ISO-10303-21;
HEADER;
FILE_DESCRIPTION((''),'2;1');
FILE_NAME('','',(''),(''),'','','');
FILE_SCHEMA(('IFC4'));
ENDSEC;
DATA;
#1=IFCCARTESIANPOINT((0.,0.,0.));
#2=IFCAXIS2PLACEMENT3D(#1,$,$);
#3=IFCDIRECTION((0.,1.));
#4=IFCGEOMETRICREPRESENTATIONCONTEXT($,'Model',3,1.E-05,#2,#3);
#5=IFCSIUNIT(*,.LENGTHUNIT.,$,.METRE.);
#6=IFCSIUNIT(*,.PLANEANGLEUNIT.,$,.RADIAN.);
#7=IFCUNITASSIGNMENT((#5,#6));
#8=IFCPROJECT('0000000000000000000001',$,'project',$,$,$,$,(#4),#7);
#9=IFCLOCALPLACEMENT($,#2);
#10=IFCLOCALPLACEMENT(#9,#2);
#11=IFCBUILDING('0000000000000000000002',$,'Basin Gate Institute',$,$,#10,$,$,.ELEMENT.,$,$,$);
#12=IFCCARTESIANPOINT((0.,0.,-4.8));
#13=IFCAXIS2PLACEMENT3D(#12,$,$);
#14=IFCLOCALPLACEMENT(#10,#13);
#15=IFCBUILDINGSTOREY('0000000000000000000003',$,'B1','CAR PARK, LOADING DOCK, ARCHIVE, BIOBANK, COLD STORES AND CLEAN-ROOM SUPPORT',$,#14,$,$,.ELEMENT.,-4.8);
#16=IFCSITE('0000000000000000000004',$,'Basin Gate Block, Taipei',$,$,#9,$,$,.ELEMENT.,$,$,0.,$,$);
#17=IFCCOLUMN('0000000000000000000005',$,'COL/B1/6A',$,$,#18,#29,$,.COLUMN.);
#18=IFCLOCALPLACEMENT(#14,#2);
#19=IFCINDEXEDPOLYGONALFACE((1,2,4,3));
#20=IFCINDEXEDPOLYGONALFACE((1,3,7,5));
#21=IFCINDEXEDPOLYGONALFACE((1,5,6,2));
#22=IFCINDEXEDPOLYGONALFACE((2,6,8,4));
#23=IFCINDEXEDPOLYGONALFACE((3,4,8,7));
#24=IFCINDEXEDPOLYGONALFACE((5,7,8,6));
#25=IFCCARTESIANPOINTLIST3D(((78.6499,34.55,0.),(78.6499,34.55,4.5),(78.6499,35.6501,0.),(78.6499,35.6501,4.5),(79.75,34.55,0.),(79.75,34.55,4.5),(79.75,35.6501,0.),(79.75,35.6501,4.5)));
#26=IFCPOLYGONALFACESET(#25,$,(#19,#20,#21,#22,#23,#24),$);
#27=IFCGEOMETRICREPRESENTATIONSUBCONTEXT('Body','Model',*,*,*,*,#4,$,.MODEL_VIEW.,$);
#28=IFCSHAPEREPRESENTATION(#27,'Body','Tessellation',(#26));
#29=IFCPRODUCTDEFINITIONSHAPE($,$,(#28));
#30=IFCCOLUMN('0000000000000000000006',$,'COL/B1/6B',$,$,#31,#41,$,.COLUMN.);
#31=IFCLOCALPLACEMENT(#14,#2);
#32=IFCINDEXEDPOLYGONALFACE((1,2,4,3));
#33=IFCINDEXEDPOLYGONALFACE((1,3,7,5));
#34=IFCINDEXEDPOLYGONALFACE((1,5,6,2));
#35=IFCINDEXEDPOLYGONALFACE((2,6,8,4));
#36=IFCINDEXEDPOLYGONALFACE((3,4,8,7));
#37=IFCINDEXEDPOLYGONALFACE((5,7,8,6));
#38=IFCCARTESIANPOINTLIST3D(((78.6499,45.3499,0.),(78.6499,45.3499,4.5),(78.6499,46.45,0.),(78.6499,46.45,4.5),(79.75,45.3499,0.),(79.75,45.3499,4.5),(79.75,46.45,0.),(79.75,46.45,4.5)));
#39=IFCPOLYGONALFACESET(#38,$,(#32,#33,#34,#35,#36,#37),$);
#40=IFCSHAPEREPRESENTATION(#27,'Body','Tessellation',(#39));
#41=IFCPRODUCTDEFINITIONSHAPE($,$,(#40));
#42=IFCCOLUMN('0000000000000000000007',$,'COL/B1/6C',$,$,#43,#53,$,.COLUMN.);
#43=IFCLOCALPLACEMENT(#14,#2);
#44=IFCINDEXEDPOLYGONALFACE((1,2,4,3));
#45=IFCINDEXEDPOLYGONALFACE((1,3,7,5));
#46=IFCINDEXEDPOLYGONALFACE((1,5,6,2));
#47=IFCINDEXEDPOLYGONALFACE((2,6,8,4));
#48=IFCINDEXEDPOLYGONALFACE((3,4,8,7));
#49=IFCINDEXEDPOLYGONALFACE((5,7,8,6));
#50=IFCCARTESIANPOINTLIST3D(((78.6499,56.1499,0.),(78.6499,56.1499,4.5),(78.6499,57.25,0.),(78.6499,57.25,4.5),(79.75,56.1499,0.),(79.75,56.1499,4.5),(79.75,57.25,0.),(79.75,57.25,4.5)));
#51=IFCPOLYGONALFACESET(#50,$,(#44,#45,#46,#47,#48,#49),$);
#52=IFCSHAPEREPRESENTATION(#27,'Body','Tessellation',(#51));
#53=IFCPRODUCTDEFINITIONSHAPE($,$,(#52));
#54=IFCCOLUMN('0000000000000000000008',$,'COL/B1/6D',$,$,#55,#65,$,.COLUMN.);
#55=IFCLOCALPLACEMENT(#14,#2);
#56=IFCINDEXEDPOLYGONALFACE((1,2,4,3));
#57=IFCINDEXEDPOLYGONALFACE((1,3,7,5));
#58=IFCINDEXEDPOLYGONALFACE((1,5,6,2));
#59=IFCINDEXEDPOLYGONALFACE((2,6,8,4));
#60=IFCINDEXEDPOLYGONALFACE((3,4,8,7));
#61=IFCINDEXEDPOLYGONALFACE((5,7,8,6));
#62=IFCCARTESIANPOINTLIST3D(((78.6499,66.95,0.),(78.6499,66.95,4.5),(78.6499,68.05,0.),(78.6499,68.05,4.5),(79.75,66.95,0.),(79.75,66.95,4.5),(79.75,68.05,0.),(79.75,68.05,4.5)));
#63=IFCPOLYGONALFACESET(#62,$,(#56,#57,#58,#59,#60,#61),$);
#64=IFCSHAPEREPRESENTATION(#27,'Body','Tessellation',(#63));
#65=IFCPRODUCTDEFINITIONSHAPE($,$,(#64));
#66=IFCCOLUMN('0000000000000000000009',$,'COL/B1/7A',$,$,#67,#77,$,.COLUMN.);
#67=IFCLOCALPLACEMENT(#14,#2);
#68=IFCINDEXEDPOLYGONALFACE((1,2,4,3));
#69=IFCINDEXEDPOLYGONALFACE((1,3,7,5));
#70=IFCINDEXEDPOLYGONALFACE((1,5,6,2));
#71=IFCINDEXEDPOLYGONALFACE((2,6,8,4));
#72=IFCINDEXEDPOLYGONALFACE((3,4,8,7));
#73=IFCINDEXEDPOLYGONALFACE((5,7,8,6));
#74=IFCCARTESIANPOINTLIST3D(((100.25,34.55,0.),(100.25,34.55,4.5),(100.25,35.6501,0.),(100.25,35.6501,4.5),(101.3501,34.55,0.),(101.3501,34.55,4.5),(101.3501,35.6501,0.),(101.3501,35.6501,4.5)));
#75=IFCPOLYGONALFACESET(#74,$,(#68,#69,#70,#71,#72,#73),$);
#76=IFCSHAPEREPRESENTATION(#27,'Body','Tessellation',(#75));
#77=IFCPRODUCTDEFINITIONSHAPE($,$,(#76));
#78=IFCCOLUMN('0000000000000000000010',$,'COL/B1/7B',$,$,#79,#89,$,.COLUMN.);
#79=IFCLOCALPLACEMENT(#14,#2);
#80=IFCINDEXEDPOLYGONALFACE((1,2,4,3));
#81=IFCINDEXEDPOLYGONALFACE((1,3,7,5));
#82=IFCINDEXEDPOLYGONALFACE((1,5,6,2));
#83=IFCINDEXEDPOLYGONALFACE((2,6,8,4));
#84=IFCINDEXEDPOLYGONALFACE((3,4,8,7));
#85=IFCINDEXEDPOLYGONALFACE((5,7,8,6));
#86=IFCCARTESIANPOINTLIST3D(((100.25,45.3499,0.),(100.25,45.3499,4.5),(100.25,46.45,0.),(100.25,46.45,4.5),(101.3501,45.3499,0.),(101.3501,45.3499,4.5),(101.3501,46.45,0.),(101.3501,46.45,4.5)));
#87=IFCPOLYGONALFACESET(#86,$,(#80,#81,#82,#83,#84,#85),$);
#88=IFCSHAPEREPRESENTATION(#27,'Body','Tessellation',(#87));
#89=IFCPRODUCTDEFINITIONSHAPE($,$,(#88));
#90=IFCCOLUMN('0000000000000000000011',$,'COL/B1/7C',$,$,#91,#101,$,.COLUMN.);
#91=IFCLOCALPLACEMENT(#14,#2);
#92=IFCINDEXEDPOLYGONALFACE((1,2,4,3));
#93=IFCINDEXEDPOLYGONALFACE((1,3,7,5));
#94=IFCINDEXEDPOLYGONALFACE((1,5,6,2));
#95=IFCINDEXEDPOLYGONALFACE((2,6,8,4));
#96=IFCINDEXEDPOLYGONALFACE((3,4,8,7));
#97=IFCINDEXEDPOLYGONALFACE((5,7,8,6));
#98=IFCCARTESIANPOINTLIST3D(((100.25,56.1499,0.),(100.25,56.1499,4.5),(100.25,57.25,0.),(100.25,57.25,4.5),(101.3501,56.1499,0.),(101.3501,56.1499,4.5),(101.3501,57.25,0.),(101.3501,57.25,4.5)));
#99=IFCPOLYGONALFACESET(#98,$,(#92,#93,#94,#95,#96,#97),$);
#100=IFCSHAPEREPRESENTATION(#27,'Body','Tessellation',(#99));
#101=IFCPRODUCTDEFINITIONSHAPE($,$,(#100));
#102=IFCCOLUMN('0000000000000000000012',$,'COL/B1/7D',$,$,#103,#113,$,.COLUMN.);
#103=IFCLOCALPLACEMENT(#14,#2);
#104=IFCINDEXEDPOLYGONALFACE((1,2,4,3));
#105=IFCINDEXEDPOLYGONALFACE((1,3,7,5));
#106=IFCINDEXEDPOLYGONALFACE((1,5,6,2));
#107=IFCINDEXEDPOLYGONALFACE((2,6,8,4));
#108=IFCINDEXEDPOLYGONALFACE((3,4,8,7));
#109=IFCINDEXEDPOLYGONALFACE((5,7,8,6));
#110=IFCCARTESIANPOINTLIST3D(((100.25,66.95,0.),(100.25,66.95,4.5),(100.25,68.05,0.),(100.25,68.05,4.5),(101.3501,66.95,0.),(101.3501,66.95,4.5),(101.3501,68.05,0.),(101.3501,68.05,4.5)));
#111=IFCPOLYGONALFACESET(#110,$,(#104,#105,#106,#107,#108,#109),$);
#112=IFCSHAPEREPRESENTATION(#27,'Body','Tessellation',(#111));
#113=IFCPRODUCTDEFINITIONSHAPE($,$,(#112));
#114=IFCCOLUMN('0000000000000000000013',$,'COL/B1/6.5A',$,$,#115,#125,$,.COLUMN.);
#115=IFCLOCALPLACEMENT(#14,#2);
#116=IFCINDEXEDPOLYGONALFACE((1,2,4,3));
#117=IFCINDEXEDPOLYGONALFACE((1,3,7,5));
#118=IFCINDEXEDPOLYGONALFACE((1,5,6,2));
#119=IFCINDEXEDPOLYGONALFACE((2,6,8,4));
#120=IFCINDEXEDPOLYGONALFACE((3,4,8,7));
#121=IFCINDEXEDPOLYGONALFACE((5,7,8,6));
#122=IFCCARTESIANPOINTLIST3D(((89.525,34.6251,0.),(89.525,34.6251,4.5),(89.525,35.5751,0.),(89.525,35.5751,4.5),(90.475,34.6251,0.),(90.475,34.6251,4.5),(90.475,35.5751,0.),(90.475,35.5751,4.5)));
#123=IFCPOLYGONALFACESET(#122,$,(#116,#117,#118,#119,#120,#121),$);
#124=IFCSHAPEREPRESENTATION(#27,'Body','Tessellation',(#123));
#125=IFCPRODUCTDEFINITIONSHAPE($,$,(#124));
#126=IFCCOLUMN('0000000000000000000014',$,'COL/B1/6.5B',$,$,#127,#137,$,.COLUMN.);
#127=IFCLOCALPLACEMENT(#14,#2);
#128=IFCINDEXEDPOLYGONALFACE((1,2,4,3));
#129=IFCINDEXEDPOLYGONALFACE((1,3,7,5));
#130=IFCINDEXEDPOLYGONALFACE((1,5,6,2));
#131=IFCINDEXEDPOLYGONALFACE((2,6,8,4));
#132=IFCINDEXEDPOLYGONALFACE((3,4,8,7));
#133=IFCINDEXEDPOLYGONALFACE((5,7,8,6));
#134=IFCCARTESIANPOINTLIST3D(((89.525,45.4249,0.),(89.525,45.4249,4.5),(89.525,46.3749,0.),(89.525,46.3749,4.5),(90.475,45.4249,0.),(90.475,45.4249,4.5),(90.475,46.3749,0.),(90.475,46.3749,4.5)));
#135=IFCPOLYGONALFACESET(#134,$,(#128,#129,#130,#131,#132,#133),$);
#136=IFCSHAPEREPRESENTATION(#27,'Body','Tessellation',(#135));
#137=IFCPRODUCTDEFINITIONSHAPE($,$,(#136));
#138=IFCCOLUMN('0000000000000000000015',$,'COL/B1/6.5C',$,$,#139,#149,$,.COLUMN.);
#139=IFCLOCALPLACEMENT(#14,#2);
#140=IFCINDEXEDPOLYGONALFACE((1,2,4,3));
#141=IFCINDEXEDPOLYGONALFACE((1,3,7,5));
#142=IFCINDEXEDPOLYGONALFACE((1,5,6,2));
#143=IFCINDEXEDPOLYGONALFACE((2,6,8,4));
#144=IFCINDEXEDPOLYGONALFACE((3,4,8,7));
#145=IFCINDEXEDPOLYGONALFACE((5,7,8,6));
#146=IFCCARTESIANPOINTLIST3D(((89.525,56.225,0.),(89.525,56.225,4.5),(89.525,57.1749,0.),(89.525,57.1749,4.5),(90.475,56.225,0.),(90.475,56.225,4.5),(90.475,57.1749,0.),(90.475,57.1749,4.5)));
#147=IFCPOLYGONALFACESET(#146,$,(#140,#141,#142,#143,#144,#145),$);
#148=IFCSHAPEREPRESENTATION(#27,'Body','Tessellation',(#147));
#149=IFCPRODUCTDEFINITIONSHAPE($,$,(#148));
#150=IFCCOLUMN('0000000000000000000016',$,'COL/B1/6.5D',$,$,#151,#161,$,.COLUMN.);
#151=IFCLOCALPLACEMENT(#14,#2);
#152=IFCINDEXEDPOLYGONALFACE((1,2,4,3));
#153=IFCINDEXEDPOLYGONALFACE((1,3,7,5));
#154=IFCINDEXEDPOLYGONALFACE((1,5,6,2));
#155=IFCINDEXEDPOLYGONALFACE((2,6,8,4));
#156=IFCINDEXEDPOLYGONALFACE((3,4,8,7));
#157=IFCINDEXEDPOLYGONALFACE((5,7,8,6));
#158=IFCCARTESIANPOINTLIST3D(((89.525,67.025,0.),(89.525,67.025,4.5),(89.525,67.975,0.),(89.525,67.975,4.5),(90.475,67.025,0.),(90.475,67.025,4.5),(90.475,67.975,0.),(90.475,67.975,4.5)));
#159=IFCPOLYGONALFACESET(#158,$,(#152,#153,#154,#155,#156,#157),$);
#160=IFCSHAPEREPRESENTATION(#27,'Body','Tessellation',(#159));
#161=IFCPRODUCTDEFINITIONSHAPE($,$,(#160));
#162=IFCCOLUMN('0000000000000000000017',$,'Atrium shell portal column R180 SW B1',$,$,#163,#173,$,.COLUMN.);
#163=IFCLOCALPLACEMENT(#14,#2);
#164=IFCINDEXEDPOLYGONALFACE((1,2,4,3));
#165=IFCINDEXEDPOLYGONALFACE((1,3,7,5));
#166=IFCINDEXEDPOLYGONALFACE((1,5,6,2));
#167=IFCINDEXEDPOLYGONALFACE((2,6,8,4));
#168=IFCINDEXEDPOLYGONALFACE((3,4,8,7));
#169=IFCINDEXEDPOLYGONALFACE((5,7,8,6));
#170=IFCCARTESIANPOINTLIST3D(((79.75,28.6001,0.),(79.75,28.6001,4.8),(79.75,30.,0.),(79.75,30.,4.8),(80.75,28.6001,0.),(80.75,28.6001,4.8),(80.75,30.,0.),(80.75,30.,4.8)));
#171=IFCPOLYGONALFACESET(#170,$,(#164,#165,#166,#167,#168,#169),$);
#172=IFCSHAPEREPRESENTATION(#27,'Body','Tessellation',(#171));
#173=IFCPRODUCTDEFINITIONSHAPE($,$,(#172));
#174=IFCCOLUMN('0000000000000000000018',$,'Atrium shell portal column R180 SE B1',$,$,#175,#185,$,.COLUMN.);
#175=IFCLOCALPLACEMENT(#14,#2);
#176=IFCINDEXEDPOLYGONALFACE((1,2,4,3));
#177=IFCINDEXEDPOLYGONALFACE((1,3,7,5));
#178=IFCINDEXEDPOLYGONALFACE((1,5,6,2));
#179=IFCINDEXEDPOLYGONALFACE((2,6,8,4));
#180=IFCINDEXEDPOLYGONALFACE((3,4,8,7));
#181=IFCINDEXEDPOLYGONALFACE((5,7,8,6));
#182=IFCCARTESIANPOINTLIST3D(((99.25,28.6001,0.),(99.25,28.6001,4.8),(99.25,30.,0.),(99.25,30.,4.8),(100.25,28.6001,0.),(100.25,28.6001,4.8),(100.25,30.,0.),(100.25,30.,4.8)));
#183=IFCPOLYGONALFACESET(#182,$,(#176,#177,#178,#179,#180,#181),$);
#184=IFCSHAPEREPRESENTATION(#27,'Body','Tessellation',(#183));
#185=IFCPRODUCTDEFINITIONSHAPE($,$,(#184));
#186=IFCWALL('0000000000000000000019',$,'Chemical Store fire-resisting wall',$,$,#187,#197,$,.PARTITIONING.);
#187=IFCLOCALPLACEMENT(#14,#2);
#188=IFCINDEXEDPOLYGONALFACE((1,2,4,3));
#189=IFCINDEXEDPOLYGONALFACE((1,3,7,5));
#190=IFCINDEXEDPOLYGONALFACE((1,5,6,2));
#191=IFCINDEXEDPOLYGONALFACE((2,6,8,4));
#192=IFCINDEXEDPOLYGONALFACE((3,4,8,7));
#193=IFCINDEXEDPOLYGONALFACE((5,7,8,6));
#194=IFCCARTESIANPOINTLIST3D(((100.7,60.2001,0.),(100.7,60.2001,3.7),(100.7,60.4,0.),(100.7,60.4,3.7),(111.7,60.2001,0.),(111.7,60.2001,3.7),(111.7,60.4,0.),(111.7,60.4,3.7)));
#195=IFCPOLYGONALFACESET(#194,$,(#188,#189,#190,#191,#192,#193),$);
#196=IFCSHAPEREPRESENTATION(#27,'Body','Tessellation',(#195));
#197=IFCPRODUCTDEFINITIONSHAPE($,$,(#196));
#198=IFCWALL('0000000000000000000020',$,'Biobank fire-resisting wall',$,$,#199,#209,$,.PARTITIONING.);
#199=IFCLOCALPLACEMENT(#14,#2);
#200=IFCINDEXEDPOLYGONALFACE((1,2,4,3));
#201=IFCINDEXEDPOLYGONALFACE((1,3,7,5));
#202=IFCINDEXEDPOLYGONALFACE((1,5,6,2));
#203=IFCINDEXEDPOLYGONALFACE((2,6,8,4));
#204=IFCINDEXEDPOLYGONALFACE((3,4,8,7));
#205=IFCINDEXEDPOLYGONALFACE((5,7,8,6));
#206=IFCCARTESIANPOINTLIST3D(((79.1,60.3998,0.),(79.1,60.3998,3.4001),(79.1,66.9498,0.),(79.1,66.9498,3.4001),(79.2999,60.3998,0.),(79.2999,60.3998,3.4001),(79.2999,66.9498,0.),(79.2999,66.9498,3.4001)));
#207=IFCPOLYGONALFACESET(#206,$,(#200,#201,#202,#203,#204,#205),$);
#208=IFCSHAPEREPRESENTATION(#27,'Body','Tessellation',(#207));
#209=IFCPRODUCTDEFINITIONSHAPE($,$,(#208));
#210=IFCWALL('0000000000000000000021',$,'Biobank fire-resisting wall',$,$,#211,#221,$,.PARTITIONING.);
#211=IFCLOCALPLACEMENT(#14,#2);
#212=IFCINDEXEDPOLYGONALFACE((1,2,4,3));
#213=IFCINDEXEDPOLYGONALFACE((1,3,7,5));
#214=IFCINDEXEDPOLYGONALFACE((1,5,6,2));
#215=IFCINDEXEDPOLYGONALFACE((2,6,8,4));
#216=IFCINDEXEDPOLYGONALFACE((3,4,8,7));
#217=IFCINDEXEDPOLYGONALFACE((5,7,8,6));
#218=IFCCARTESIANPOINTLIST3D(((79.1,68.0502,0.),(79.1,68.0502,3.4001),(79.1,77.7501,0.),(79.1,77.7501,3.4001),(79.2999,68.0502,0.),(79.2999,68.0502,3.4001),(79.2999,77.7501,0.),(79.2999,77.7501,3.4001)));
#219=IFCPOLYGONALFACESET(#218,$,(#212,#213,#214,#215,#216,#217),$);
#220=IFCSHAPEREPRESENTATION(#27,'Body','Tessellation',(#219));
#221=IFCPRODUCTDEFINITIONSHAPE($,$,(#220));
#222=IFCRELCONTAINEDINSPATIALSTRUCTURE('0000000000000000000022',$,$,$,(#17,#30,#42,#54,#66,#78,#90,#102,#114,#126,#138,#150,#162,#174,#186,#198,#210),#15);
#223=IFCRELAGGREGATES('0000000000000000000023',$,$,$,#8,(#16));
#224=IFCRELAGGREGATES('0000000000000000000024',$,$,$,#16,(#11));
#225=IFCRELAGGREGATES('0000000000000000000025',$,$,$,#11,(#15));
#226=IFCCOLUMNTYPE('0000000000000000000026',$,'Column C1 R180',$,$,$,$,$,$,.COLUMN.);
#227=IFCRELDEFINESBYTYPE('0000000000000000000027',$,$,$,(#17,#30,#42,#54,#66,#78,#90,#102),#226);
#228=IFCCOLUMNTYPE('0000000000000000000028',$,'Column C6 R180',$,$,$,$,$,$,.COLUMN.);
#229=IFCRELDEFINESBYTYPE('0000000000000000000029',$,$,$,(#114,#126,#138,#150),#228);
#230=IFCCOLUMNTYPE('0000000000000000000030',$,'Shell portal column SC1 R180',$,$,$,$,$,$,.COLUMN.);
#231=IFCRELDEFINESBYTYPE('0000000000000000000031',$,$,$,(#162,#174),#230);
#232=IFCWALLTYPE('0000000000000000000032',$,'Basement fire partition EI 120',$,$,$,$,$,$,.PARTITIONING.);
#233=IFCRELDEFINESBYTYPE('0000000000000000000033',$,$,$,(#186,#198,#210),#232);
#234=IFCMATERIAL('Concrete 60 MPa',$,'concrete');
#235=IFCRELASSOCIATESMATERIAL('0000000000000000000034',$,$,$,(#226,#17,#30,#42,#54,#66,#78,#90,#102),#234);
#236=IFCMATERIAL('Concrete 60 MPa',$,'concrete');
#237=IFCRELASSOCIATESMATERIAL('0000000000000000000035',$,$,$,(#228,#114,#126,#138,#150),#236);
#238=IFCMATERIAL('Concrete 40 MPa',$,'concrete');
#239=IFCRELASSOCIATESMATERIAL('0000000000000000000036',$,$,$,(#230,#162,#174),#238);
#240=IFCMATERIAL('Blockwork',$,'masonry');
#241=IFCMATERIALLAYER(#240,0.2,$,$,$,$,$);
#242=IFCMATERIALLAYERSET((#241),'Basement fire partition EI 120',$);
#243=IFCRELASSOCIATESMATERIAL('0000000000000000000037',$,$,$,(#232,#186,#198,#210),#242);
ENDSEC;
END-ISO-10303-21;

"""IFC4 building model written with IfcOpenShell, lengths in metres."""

from ifc_helpers import new_model, si_unit, direction, frame, frame_2d, origin, origin_2d, place, context, subcontext, project, spatial, rectangle, extrude, material, layer, layer_set, material_profile, profile_set, type_object, element, save


model = new_model("IFC4")

# Units and contexts
model_context = context("Model", 3, precision=1e-05, world=origin(), true_north=direction((0.0, 1.0)))
body_context = subcontext(model_context, "Body", "Model", "MODEL_VIEW")
ifc_project = project(units=[si_unit("LENGTHUNIT", "METRE"), si_unit("PLANEANGLEUNIT", "RADIAN")], contexts=[model_context])

# Site, building, storey
site_placement = place(None, origin())
site = spatial("IfcSite", under=ifc_project, at=site_placement, Name="Basin Gate Block, Taipei", CompositionType="ELEMENT", RefElevation=0.0)
building_placement = place(site_placement, origin())
building = spatial("IfcBuilding", under=site, at=building_placement, Name="Basin Gate Institute", CompositionType="ELEMENT")
storey_placement = place(building_placement, frame((0.0, 0.0, -4.8)))
storey = spatial("IfcBuildingStorey", under=building, at=storey_placement, Name="B1", Description="CAR PARK, LOADING DOCK, ARCHIVE, BIOBANK, COLD STORES AND CLEAN-ROOM SUPPORT", CompositionType="ELEMENT", Elevation=-4.8)

# Columns
ifc_material_1 = material(Name="Concrete 60 MPa", Category="concrete")
ifc_material_profile_1 = material_profile(ifc_material_1, rectangle(XDim=1.1001, YDim=1.1001, at=origin_2d()), Name="Column C1 1100 x 1100")
ifc_profile_set_1 = profile_set([ifc_material_profile_1], Name="Concrete 60 MPa")
column_type_1 = type_object("IfcColumnType", Name="Column C1 R180", PredefinedType="COLUMN", material=ifc_profile_set_1)
for number, where, z_axis, x_axis, name in (
    (1, (79.2, 35.1001, 0.0), (0.0, 0.0, 1.0), (1.0, 0.0, 0.0), "COL/B1/6A"),
    (2, (79.2, 45.8999, 0.0), (0.0, 0.0, 1.0), (1.0, 0.0, 0.0), "COL/B1/6B"),
    (3, (79.2, 56.7, 0.0), (0.0, 0.0, 1.0), (1.0, 0.0, 0.0), "COL/B1/6C"),
    (4, (79.2, 67.5, 0.0), (0.0, 0.0, 1.0), (1.0, 0.0, 0.0), "COL/B1/6D"),
    (5, (100.8, 35.1001, 0.0), (0.0, 0.0, 1.0), (1.0, 0.0, 0.0), "COL/B1/7A"),
    (6, (100.8, 45.8999, 0.0), (0.0, 0.0, 1.0), (1.0, 0.0, 0.0), "COL/B1/7B"),
    (7, (100.8, 56.7, 0.0), (0.0, 0.0, 1.0), (1.0, 0.0, 0.0), "COL/B1/7C"),
    (8, (100.8, 67.5, 0.0), (0.0, 0.0, 1.0), (1.0, 0.0, 0.0), "COL/B1/7D"),
):
    element("IfcColumn", number, at=place(storey_placement, frame(where, z_axis=z_axis, x_axis=x_axis)), inside=storey, type_object=column_type_1, material=ifc_profile_set_1, Name=name, PredefinedType="COLUMN", context=body_context, shape_type="SweptSolid", body=[
        extrude(rectangle(XDim=1.1001, YDim=1.1001, at=origin_2d()), origin(), (0.0, 0.0, 1.0), 4.5),
    ])
ifc_material_2 = material(Name="Concrete 60 MPa", Category="concrete")
ifc_material_profile_2 = material_profile(ifc_material_2, rectangle(XDim=0.95, YDim=0.95, at=origin_2d()), Name="Column C6 950 x 950")
ifc_profile_set_2 = profile_set([ifc_material_profile_2], Name="Concrete 60 MPa")
column_type_2 = type_object("IfcColumnType", Name="Column C6 R180", PredefinedType="COLUMN", material=ifc_profile_set_2)
for number, where, z_axis, x_axis, name in (
    (9, (90.0, 35.1001, 0.0), (0.0, 0.0, 1.0), (1.0, 0.0, 0.0), "COL/B1/6.5A"),
    (10, (90.0, 45.8999, 0.0), (0.0, 0.0, 1.0), (1.0, 0.0, 0.0), "COL/B1/6.5B"),
    (11, (90.0, 56.7, 0.0), (0.0, 0.0, 1.0), (1.0, 0.0, 0.0), "COL/B1/6.5C"),
    (12, (90.0, 67.5, 0.0), (0.0, 0.0, 1.0), (1.0, 0.0, 0.0), "COL/B1/6.5D"),
):
    element("IfcColumn", number, at=place(storey_placement, frame(where, z_axis=z_axis, x_axis=x_axis)), inside=storey, type_object=column_type_2, material=ifc_profile_set_2, Name=name, PredefinedType="COLUMN", context=body_context, shape_type="SweptSolid", body=[
        extrude(rectangle(XDim=0.95, YDim=0.95, at=origin_2d()), origin(), (0.0, 0.0, 1.0), 4.5),
    ])
ifc_material_3 = material(Name="Concrete 40 MPa", Category="concrete")
ifc_material_profile_3 = material_profile(ifc_material_3, rectangle(XDim=1.0, YDim=1.3999, at=origin_2d()), Name="Shell portal column SC1 1000 x 1400")
ifc_profile_set_3 = profile_set([ifc_material_profile_3], Name="Concrete 40 MPa")
column_type_3 = type_object("IfcColumnType", Name="Shell portal column SC1 R180", PredefinedType="COLUMN", material=ifc_profile_set_3)
for number, where, z_axis, x_axis, name in (
    (13, (80.25, 29.3, 0.0), (0.0, 0.0, 1.0), (1.0, 0.0, 0.0), "Atrium shell portal column R180 SW B1"),
    (14, (99.75, 29.3, 0.0), (0.0, 0.0, 1.0), (1.0, 0.0, 0.0), "Atrium shell portal column R180 SE B1"),
):
    element("IfcColumn", number, at=place(storey_placement, frame(where, z_axis=z_axis, x_axis=x_axis)), inside=storey, type_object=column_type_3, material=ifc_profile_set_3, Name=name, PredefinedType="COLUMN", context=body_context, shape_type="SweptSolid", body=[
        extrude(rectangle(XDim=1.0, YDim=1.3999, at=origin_2d()), origin(), (0.0, 0.0, 1.0), 4.8),
    ])

# Walls
ifc_material_4 = material(Name="Blockwork", Category="masonry")
ifc_layer_1 = layer(ifc_material_4, 0.2)
ifc_layer_set_1 = layer_set([ifc_layer_1], Name="Basement fire partition EI 120")
wall_type_1 = type_object("IfcWallType", Name="Basement fire partition EI 120", PredefinedType="PARTITIONING", material=ifc_layer_set_1)
wall_1_placement = place(storey_placement, frame((100.7, 60.3, 0.0), z_axis=(0.0, 0.0, 1.0), x_axis=(1.0, 0.0, 0.0)))
element("IfcWall", 15, at=wall_1_placement, inside=storey, type_object=wall_type_1, material=ifc_layer_set_1, Name="Chemical Store fire-resisting wall", PredefinedType="PARTITIONING", context=body_context, shape_type="SweptSolid", body=[
    extrude(rectangle(XDim=11.0, YDim=0.2, at=frame_2d((5.5, 0.0))), origin(), (0.0, 0.0, 1.0), 3.7),
])
wall_2_placement = place(storey_placement, frame((79.2, 60.3999, 0.0), z_axis=(0.0, 0.0, 1.0), x_axis=(0.0, 1.0, 0.0)))
element("IfcWall", 16, at=wall_2_placement, inside=storey, type_object=wall_type_1, material=ifc_layer_set_1, Name="Biobank fire-resisting wall", PredefinedType="PARTITIONING", context=body_context, shape_type="SweptSolid", body=[
    extrude(rectangle(XDim=6.55, YDim=0.2, at=frame_2d((3.2749, 0.0))), origin(), (0.0, 0.0, 1.0), 3.4001),
])
wall_3_placement = place(storey_placement, frame((79.2, 68.05, 0.0), z_axis=(0.0, 0.0, 1.0), x_axis=(0.0, 1.0, 0.0)))
element("IfcWall", 17, at=wall_3_placement, inside=storey, type_object=wall_type_1, material=ifc_layer_set_1, Name="Biobank fire-resisting wall", PredefinedType="PARTITIONING", context=body_context, shape_type="SweptSolid", body=[
    extrude(rectangle(XDim=9.7, YDim=0.2, at=frame_2d((4.8501, 0.0))), origin(), (0.0, 0.0, 1.0), 3.4001),
])

save(model, "model.ifc")
